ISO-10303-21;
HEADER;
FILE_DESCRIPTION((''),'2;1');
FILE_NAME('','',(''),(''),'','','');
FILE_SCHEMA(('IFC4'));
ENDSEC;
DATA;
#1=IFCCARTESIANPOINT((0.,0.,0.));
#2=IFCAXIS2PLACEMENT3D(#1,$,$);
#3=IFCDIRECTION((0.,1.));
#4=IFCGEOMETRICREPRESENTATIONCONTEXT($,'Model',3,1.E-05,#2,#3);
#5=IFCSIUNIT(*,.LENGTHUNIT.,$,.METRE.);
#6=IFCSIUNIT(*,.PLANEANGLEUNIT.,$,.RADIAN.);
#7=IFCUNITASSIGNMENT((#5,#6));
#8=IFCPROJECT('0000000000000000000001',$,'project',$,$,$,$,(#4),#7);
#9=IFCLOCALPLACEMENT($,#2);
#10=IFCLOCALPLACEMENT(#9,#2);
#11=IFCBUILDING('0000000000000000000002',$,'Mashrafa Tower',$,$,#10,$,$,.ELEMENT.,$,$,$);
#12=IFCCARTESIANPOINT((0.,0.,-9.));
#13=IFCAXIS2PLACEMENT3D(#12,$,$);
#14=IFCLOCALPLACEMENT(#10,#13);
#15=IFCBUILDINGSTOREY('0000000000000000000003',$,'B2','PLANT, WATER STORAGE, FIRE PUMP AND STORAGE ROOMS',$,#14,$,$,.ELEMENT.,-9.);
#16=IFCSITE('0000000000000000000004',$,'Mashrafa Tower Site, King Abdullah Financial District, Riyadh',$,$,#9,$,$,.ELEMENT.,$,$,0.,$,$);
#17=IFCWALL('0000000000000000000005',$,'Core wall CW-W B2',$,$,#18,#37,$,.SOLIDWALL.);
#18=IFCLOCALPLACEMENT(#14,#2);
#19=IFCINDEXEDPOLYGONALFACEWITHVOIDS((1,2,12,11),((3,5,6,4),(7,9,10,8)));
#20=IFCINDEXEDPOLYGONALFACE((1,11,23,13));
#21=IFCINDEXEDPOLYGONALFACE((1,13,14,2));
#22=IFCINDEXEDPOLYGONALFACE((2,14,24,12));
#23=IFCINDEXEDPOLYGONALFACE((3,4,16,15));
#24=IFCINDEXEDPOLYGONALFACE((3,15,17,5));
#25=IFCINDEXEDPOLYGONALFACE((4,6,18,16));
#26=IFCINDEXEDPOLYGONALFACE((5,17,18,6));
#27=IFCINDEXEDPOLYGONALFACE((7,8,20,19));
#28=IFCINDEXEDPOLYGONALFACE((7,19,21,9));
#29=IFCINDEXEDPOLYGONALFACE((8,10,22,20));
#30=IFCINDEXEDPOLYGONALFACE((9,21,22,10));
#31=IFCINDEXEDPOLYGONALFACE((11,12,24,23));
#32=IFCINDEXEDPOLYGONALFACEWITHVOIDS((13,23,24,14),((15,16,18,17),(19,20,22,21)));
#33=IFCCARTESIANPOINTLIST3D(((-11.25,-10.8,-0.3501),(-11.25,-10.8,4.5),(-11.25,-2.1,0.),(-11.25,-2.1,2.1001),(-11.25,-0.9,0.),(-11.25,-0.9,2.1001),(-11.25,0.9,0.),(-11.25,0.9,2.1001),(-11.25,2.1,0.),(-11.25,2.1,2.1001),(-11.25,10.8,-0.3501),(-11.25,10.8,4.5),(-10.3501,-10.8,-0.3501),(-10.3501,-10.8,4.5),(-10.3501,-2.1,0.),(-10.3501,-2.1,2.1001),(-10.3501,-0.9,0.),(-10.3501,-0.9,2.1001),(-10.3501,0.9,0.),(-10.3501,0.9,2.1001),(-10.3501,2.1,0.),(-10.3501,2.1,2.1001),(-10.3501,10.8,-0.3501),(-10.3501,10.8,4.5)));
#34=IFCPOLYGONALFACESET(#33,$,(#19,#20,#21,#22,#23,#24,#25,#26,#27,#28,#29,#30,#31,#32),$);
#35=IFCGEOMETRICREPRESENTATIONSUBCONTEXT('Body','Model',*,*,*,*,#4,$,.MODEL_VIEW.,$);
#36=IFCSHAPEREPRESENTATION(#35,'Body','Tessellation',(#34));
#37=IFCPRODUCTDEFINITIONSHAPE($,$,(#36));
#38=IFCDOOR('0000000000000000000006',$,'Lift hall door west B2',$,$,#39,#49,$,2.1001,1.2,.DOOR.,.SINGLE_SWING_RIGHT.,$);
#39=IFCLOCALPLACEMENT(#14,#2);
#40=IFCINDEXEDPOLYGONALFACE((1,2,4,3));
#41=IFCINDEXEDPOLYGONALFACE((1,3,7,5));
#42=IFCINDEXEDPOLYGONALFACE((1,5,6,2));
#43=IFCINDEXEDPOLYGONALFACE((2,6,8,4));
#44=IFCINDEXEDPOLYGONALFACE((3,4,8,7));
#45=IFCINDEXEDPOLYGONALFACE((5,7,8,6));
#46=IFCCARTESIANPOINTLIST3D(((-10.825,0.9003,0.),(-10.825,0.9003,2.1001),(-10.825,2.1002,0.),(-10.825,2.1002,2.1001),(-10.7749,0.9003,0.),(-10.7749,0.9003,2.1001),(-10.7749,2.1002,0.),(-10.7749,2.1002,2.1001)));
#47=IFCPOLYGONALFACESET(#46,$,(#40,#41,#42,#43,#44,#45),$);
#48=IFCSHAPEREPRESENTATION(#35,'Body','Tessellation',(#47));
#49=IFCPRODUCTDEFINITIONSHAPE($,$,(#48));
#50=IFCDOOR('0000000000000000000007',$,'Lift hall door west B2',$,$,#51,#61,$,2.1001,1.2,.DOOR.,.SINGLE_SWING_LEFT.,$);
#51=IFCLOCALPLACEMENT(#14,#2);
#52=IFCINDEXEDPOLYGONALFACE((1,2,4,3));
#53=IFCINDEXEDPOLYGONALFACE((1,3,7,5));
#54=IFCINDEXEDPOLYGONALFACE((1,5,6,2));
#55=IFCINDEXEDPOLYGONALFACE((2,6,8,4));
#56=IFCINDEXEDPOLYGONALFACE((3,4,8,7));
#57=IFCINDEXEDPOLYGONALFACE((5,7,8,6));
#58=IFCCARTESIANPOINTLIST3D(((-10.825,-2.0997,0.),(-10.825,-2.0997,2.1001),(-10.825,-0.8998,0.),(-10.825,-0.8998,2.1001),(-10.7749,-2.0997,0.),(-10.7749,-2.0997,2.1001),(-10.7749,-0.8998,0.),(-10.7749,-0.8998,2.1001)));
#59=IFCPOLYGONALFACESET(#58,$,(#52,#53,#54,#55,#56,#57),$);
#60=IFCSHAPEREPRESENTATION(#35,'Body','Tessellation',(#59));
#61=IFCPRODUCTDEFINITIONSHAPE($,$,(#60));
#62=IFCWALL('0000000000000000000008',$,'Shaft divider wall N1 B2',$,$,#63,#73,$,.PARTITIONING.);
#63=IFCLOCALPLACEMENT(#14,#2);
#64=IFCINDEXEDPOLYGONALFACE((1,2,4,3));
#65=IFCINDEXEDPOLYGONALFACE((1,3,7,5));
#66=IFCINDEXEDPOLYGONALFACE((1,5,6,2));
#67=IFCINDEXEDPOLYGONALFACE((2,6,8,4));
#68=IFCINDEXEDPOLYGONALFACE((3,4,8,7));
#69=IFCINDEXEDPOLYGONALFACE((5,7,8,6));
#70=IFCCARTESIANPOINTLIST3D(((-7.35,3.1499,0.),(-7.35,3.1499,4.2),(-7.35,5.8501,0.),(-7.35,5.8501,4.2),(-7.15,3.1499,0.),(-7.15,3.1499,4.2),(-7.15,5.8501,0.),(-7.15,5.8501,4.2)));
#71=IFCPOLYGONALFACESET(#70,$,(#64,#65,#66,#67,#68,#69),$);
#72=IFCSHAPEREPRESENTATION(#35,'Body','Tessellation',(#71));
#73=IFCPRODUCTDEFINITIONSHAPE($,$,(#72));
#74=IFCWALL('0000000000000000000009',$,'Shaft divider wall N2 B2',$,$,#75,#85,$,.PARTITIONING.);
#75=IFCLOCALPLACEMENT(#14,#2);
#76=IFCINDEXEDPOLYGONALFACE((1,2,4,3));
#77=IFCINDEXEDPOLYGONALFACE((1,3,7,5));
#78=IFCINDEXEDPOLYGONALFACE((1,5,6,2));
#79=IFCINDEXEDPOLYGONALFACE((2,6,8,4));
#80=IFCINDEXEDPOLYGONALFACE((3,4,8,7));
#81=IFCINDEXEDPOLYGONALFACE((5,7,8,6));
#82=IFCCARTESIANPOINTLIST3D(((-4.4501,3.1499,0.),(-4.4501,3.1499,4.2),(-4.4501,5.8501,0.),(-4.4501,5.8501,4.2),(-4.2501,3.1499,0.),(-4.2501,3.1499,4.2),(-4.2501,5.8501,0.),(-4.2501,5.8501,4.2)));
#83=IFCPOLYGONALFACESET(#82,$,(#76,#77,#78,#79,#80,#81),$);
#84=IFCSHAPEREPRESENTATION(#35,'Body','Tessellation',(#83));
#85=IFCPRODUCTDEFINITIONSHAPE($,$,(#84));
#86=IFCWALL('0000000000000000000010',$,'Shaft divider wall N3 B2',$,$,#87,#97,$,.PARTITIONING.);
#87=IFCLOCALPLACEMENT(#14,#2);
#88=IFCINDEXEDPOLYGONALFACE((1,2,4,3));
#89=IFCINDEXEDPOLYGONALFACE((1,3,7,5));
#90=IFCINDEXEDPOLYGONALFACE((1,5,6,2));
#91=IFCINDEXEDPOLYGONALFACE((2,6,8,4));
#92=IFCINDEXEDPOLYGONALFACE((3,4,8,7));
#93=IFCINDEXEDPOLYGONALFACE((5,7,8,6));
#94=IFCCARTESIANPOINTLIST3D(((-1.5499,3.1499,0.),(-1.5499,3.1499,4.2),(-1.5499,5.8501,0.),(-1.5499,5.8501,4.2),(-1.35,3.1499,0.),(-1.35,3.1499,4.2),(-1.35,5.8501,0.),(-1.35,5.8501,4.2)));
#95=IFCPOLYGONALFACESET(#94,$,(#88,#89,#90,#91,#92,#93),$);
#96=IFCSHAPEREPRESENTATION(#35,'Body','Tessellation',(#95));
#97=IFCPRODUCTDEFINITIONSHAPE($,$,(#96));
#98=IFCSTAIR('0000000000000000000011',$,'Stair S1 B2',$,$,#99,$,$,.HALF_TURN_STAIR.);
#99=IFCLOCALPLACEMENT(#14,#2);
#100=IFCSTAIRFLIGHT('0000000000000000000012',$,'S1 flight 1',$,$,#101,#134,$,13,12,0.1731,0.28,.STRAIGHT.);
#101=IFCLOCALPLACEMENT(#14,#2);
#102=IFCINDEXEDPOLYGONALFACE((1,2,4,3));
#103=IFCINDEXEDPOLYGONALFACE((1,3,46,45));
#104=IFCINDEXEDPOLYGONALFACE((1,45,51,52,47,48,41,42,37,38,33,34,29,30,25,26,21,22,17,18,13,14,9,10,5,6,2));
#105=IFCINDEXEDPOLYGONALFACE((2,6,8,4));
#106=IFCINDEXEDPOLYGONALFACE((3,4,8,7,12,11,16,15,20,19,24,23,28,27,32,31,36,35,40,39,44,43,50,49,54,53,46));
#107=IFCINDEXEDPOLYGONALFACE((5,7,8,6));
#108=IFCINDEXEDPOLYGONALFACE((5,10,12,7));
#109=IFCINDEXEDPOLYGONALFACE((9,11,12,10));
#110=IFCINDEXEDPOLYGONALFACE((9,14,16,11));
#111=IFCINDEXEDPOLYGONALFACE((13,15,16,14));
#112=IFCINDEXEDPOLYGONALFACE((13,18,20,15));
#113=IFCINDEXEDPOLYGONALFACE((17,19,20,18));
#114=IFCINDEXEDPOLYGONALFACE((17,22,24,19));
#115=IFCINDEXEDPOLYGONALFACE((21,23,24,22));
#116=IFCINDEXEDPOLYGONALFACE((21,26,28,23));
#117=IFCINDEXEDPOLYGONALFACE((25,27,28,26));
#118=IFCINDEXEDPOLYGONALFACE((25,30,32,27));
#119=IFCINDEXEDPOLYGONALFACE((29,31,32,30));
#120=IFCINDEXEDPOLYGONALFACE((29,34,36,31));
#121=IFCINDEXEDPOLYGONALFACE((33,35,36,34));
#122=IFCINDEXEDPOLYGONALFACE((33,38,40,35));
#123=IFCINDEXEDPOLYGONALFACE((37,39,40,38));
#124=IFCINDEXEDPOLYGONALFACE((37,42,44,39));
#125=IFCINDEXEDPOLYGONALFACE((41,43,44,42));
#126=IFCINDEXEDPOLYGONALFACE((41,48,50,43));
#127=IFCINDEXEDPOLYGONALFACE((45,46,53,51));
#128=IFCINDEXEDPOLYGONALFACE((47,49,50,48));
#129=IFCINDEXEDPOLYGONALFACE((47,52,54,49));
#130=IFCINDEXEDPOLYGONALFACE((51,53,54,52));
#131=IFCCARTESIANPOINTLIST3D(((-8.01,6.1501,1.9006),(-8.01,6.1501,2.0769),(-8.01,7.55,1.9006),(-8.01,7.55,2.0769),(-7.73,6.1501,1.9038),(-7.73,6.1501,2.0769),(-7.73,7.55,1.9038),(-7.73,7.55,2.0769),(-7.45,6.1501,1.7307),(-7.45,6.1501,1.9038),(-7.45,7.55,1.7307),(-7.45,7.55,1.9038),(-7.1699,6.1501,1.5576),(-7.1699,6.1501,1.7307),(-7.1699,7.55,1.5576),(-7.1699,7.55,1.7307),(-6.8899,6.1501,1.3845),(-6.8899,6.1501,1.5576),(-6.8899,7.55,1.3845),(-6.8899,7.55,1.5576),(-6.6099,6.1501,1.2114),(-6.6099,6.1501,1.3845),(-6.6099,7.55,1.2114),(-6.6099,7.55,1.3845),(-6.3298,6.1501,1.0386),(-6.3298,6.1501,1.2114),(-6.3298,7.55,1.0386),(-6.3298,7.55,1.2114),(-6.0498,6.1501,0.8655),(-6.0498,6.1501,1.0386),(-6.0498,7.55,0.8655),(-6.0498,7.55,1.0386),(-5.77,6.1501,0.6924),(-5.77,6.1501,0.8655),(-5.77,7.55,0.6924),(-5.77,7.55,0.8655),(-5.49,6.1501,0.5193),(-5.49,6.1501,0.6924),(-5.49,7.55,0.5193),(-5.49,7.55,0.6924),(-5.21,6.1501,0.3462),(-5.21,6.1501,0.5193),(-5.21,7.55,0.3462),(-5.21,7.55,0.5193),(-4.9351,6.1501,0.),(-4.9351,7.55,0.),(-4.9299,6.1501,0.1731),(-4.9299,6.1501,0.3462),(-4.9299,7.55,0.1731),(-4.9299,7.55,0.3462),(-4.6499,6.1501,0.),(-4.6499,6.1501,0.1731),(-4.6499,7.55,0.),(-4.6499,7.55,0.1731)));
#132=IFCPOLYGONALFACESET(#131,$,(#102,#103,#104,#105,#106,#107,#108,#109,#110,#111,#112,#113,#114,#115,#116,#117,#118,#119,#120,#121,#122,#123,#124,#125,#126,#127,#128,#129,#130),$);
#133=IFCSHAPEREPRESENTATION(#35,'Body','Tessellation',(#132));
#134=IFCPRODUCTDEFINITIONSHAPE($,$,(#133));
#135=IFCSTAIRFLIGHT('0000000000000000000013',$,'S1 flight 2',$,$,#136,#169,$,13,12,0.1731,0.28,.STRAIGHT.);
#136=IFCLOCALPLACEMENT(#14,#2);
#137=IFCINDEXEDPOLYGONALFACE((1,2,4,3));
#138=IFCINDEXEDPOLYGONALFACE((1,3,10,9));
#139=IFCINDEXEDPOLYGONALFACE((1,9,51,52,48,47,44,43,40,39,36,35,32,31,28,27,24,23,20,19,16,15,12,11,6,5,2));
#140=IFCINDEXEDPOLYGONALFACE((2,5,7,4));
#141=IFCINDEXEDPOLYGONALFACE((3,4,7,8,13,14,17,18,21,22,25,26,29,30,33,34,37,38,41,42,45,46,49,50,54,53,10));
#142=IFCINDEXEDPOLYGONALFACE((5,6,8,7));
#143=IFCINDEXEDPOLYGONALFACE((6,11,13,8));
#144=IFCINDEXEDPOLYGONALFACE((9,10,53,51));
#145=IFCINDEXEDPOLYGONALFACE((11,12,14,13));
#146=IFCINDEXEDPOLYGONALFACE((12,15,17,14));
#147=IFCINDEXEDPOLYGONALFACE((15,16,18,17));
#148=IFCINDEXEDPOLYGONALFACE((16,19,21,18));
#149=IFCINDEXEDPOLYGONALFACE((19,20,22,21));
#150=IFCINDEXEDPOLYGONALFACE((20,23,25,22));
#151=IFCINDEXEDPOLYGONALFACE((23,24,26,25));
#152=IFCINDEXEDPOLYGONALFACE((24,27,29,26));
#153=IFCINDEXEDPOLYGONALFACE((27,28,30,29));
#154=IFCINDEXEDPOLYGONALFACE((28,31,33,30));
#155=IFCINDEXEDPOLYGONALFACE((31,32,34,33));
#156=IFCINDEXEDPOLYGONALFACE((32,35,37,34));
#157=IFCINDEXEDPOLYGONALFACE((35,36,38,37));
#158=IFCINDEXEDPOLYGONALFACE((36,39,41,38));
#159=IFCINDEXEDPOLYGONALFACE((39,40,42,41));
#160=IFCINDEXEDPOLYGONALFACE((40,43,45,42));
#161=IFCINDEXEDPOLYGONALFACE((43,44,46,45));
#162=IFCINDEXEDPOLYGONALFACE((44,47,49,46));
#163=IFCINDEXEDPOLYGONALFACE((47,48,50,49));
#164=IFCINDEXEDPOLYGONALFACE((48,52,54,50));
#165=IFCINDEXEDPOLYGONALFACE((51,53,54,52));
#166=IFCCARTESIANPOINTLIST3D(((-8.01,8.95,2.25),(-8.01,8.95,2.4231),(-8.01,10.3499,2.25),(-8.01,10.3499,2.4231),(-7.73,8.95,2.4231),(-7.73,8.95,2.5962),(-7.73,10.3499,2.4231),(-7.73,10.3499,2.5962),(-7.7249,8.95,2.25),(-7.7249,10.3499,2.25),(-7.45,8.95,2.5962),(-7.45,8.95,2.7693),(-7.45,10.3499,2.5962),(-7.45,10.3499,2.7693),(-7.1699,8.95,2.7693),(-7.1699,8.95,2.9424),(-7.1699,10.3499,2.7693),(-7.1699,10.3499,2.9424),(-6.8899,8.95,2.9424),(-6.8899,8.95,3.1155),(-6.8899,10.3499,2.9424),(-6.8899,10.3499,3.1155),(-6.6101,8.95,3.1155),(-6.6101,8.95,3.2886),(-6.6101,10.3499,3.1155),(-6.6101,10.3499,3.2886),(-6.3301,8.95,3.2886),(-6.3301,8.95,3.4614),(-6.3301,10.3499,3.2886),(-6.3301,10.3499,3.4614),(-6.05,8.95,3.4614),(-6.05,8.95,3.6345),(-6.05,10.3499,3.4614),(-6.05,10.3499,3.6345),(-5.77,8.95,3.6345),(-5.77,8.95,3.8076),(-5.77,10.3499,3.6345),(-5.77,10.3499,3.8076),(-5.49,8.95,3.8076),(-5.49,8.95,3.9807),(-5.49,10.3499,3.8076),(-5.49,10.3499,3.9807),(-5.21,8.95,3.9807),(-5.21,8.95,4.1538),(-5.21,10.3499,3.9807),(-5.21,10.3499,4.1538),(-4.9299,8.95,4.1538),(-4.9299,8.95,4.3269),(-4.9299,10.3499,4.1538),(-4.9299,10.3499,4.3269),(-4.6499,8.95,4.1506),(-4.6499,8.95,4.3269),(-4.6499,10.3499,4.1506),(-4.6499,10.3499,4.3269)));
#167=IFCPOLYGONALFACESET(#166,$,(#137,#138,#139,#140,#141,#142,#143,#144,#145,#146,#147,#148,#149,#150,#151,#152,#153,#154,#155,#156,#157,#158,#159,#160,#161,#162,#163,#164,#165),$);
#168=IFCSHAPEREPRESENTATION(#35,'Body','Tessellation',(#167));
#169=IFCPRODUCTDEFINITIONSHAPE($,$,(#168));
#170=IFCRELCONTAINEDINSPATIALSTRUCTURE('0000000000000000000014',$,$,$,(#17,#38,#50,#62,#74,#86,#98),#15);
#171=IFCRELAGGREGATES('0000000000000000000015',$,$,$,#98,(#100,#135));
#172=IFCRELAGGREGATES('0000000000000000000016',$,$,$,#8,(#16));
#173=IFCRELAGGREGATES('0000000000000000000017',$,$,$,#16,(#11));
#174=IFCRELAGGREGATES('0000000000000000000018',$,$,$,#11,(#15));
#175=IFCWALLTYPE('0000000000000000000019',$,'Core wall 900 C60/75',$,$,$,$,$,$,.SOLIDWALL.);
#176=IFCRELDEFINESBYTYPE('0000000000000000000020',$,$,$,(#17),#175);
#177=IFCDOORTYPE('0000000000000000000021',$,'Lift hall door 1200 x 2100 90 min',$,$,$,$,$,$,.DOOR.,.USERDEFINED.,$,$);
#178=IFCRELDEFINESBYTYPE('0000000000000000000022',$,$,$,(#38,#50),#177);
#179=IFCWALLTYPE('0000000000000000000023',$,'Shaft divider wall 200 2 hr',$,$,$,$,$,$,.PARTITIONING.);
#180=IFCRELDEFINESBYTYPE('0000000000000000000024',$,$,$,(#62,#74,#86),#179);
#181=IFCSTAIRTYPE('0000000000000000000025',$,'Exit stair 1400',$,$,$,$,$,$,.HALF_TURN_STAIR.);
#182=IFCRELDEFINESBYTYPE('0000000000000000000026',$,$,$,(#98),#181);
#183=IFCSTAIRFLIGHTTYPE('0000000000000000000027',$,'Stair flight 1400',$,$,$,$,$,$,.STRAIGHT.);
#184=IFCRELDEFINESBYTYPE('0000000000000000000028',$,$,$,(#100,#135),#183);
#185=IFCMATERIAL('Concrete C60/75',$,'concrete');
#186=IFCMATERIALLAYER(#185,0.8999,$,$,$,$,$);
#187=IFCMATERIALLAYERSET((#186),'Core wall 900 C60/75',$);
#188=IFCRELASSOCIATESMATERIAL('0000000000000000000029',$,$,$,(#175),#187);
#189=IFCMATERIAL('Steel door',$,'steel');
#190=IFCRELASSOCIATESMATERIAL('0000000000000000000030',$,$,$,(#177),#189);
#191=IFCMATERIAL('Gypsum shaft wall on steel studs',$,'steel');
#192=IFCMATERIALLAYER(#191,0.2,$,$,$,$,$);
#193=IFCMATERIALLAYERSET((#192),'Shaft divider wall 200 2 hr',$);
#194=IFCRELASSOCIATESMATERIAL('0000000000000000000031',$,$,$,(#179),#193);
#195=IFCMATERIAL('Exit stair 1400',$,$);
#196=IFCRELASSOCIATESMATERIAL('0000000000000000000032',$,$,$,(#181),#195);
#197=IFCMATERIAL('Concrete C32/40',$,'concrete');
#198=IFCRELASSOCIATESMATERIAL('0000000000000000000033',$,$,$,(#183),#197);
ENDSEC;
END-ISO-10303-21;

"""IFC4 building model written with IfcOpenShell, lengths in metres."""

from ifc_helpers import new_model, si_unit, direction, frame, frame_2d, origin, place, context, subcontext, project, spatial, polyline, rectangle, outline, extrude, material, layer, layer_set, type_object, element, fill, aggregate, save


model = new_model("IFC4")

# Units and contexts
model_context = context("Model", 3, precision=1e-05, world=origin(), true_north=direction((0.0, 1.0)))
body_context = subcontext(model_context, "Body", "Model", "MODEL_VIEW")
ifc_project = project(units=[si_unit("LENGTHUNIT", "METRE"), si_unit("PLANEANGLEUNIT", "RADIAN")], contexts=[model_context])

# Site, building, storey
site_placement = place(None, origin())
site = spatial("IfcSite", under=ifc_project, at=site_placement, Name="Mashrafa Tower Site, King Abdullah Financial District, Riyadh", CompositionType="ELEMENT", RefElevation=0.0)
building_placement = place(site_placement, origin())
building = spatial("IfcBuilding", under=site, at=building_placement, Name="Mashrafa Tower", CompositionType="ELEMENT")
storey_placement = place(building_placement, frame((0.0, 0.0, -9.0)))
storey = spatial("IfcBuildingStorey", under=building, at=storey_placement, Name="B2", Description="PLANT, WATER STORAGE, FIRE PUMP AND STORAGE ROOMS", CompositionType="ELEMENT", Elevation=-9.0)

# Wall, openings, doors
ifc_material_1 = material(Name="Concrete C60/75", Category="concrete")
ifc_layer_1 = layer(ifc_material_1, 0.8999)
ifc_layer_set_1 = layer_set([ifc_layer_1], Name="Core wall 900 C60/75")
wall_type_1 = type_object("IfcWallType", Name="Core wall 900 C60/75", PredefinedType="SOLIDWALL", material=ifc_layer_set_1)
wall_1_placement = place(storey_placement, frame((-10.8, 10.8, -0.3501), z_axis=(0.0, 0.0, 1.0), x_axis=(0.0, -1.0, 0.0)))
wall_1 = element("IfcWall", 1, at=wall_1_placement, inside=storey, type_object=wall_type_1, Name="Core wall CW-W B2", PredefinedType="SOLIDWALL", context=body_context, shape_type="SweptSolid", body=[
    extrude(rectangle(XDim=21.6001, YDim=0.8999, at=frame_2d((10.8, 0.0))), origin(), (0.0, 0.0, 1.0), 4.8501),
])
opening_1_placement = place(wall_1_placement, frame((8.7, 0.0, 0.3501)))
opening_1 = element("IfcOpeningElement", 2, at=opening_1_placement, cuts=wall_1, PredefinedType="OPENING", context=body_context, shape_type="SweptSolid", body=[
    extrude(rectangle(XDim=1.2, YDim=2.1001, at=frame_2d((0.6001, 1.05))), frame((0.0, 0.46, 0.0), z_axis=(0.0, -1.0, 0.0), x_axis=(1.0, 0.0, 0.0)), (0.0, 0.0, 1.0), 0.9199),
])
opening_2_placement = place(wall_1_placement, frame((11.7, 0.0, 0.3501)))
opening_2 = element("IfcOpeningElement", 3, at=opening_2_placement, cuts=wall_1, PredefinedType="OPENING", context=body_context, shape_type="SweptSolid", body=[
    extrude(rectangle(XDim=1.2, YDim=2.1001, at=frame_2d((0.6001, 1.05))), frame((0.0, 0.46, 0.0), z_axis=(0.0, -1.0, 0.0), x_axis=(1.0, 0.0, 0.0)), (0.0, 0.0, 1.0), 0.9199),
])
ifc_material_2 = material(Name="Steel door", Category="steel")
door_type_1 = type_object("IfcDoorType", Name="Lift hall door 1200 x 2100 90 min", OperationType="USERDEFINED", PredefinedType="DOOR", material=ifc_material_2)
door_1_placement = place(opening_1_placement, frame((1.2, 0.0, 0.0), z_axis=(0.0, 0.0, 1.0), x_axis=(-1.0, 0.0, 0.0)))
door_1 = element("IfcDoor", 4, at=door_1_placement, inside=storey, type_object=door_type_1, Name="Lift hall door west B2", OperationType="SINGLE_SWING_RIGHT", OverallHeight=2.1001, OverallWidth=1.2, PredefinedType="DOOR", context=body_context, shape_type="SweptSolid", body=[
    extrude(rectangle(XDim=1.2, YDim=2.1001, at=frame_2d((0.6001, 1.05))), frame((0.0, 0.0249, 0.0), z_axis=(0.0, -1.0, 0.0), x_axis=(1.0, 0.0, 0.0)), (0.0, 0.0, 1.0), 0.05),
])
fill(opening_1, door_1)
door_2_placement = place(opening_2_placement, frame((1.2, 0.0, 0.0), z_axis=(0.0, 0.0, 1.0), x_axis=(-1.0, 0.0, 0.0)))
door_2 = element("IfcDoor", 5, at=door_2_placement, inside=storey, type_object=door_type_1, Name="Lift hall door west B2", OperationType="SINGLE_SWING_LEFT", OverallHeight=2.1001, OverallWidth=1.2, PredefinedType="DOOR", context=body_context, shape_type="SweptSolid", body=[
    extrude(rectangle(XDim=1.2, YDim=2.1001, at=frame_2d((0.6001, 1.05))), frame((0.0, 0.0249, 0.0), z_axis=(0.0, -1.0, 0.0), x_axis=(1.0, 0.0, 0.0)), (0.0, 0.0, 1.0), 0.05),
])
fill(opening_2, door_2)

# Walls
ifc_material_3 = material(Name="Gypsum shaft wall on steel studs", Category="steel")
ifc_layer_2 = layer(ifc_material_3, 0.2)
ifc_layer_set_2 = layer_set([ifc_layer_2], Name="Shaft divider wall 200 2 hr")
wall_type_2 = type_object("IfcWallType", Name="Shaft divider wall 200 2 hr", PredefinedType="PARTITIONING", material=ifc_layer_set_2)
for number, where, z_axis, x_axis, name in (
    (6, (-7.25, 3.1499, 0.0), (0.0, 0.0, 1.0), (0.0, 1.0, 0.0), "Shaft divider wall N1 B2"),
    (7, (-4.3501, 3.1499, 0.0), (0.0, 0.0, 1.0), (0.0, 1.0, 0.0), "Shaft divider wall N2 B2"),
    (8, (-1.45, 3.1499, 0.0), (0.0, 0.0, 1.0), (0.0, 1.0, 0.0), "Shaft divider wall N3 B2"),
):
    element("IfcWall", number, at=place(storey_placement, frame(where, z_axis=z_axis, x_axis=x_axis)), inside=storey, type_object=wall_type_2, Name=name, PredefinedType="PARTITIONING", context=body_context, shape_type="SweptSolid", body=[
        extrude(rectangle(XDim=2.7002, YDim=0.2, at=frame_2d((1.3501, 0.0))), origin(), (0.0, 0.0, 1.0), 4.2),
    ])

# Stair, stair flights
ifc_material_4 = material(Name="Exit stair 1400")
stair_type = type_object("IfcStairType", Name="Exit stair 1400", PredefinedType="HALF_TURN_STAIR", material=ifc_material_4)
stair_placement = place(storey_placement, origin())
stair = element("IfcStair", 9, at=stair_placement, inside=storey, type_object=stair_type, Name="Stair S1 B2", PredefinedType="HALF_TURN_STAIR")
ifc_material_5 = material(Name="Concrete C32/40", Category="concrete")
stair_flight_type = type_object("IfcStairFlightType", Name="Stair flight 1400", PredefinedType="STRAIGHT", material=ifc_material_5)
stair_flight_1_placement = place(storey_placement, frame((-4.6499, 6.8501, 0.0), z_axis=(0.0, 0.0, 1.0), x_axis=(-1.0, 0.0, 0.0)))
stair_flight_1 = element("IfcStairFlight", 10, at=stair_flight_1_placement, type_object=stair_flight_type, Name="S1 flight 1", NumberOfRisers=13, NumberOfTreads=12, PredefinedType="STRAIGHT", RiserHeight=0.1731, TreadLength=0.28, context=body_context, shape_type="SweptSolid", body=[
    extrude(outline(polyline([(0.0, 0.0), (0.0, 0.1731), (0.28, 0.1731), (0.28, 0.3462), (0.5601, 0.3462), (0.5601, 0.5193), (0.8401, 0.5193), (0.8401, 0.6924), (1.1201, 0.6924), (1.1201, 0.8655), (1.3999, 0.8655), (1.3999, 1.0386), (1.6799, 1.0386), (1.6799, 1.2114), (1.96, 1.2114), (1.96, 1.3845), (2.24, 1.3845), (2.24, 1.5576), (2.52, 1.5576), (2.52, 1.7307), (2.8, 1.7307), (2.8, 1.9038), (3.0801, 1.9038), (3.0801, 2.0769), (3.3601, 2.0769), (3.3601, 2.25), (3.3601, 1.9006), (0.2852, 0.0), (0.0, 0.0)])), frame((0.0, 0.7, 0.0), z_axis=(0.0, -1.0, 0.0), x_axis=(1.0, 0.0, 0.0)), (0.0, 0.0, 1.0), 1.3999),
])
stair_flight_2_placement = place(storey_placement, frame((-8.01, 9.6499, 2.25), z_axis=(0.0, 0.0, 1.0), x_axis=(1.0, 0.0, 0.0)))
stair_flight_2 = element("IfcStairFlight", 11, at=stair_flight_2_placement, type_object=stair_flight_type, Name="S1 flight 2", NumberOfRisers=13, NumberOfTreads=12, PredefinedType="STRAIGHT", RiserHeight=0.1731, TreadLength=0.28, context=body_context, shape_type="SweptSolid", body=[
    extrude(outline(polyline([(0.0, 0.0), (0.0, 0.1731), (0.28, 0.1731), (0.28, 0.3462), (0.5601, 0.3462), (0.5601, 0.5193), (0.8401, 0.5193), (0.8401, 0.6924), (1.1201, 0.6924), (1.1201, 0.8655), (1.3999, 0.8655), (1.3999, 1.0386), (1.6799, 1.0386), (1.6799, 1.2114), (1.96, 1.2114), (1.96, 1.3845), (2.24, 1.3845), (2.24, 1.5576), (2.52, 1.5576), (2.52, 1.7307), (2.8, 1.7307), (2.8, 1.9038), (3.0801, 1.9038), (3.0801, 2.0769), (3.3601, 2.0769), (3.3601, 2.25), (3.3601, 1.9006), (0.2852, 0.0), (0.0, 0.0)])), frame((0.0, 0.7, 0.0), z_axis=(0.0, -1.0, 0.0), x_axis=(1.0, 0.0, 0.0)), (0.0, 0.0, 1.0), 1.3999),
])
aggregate(stair, [stair_flight_1, stair_flight_2])

save(model, "model.ifc")
